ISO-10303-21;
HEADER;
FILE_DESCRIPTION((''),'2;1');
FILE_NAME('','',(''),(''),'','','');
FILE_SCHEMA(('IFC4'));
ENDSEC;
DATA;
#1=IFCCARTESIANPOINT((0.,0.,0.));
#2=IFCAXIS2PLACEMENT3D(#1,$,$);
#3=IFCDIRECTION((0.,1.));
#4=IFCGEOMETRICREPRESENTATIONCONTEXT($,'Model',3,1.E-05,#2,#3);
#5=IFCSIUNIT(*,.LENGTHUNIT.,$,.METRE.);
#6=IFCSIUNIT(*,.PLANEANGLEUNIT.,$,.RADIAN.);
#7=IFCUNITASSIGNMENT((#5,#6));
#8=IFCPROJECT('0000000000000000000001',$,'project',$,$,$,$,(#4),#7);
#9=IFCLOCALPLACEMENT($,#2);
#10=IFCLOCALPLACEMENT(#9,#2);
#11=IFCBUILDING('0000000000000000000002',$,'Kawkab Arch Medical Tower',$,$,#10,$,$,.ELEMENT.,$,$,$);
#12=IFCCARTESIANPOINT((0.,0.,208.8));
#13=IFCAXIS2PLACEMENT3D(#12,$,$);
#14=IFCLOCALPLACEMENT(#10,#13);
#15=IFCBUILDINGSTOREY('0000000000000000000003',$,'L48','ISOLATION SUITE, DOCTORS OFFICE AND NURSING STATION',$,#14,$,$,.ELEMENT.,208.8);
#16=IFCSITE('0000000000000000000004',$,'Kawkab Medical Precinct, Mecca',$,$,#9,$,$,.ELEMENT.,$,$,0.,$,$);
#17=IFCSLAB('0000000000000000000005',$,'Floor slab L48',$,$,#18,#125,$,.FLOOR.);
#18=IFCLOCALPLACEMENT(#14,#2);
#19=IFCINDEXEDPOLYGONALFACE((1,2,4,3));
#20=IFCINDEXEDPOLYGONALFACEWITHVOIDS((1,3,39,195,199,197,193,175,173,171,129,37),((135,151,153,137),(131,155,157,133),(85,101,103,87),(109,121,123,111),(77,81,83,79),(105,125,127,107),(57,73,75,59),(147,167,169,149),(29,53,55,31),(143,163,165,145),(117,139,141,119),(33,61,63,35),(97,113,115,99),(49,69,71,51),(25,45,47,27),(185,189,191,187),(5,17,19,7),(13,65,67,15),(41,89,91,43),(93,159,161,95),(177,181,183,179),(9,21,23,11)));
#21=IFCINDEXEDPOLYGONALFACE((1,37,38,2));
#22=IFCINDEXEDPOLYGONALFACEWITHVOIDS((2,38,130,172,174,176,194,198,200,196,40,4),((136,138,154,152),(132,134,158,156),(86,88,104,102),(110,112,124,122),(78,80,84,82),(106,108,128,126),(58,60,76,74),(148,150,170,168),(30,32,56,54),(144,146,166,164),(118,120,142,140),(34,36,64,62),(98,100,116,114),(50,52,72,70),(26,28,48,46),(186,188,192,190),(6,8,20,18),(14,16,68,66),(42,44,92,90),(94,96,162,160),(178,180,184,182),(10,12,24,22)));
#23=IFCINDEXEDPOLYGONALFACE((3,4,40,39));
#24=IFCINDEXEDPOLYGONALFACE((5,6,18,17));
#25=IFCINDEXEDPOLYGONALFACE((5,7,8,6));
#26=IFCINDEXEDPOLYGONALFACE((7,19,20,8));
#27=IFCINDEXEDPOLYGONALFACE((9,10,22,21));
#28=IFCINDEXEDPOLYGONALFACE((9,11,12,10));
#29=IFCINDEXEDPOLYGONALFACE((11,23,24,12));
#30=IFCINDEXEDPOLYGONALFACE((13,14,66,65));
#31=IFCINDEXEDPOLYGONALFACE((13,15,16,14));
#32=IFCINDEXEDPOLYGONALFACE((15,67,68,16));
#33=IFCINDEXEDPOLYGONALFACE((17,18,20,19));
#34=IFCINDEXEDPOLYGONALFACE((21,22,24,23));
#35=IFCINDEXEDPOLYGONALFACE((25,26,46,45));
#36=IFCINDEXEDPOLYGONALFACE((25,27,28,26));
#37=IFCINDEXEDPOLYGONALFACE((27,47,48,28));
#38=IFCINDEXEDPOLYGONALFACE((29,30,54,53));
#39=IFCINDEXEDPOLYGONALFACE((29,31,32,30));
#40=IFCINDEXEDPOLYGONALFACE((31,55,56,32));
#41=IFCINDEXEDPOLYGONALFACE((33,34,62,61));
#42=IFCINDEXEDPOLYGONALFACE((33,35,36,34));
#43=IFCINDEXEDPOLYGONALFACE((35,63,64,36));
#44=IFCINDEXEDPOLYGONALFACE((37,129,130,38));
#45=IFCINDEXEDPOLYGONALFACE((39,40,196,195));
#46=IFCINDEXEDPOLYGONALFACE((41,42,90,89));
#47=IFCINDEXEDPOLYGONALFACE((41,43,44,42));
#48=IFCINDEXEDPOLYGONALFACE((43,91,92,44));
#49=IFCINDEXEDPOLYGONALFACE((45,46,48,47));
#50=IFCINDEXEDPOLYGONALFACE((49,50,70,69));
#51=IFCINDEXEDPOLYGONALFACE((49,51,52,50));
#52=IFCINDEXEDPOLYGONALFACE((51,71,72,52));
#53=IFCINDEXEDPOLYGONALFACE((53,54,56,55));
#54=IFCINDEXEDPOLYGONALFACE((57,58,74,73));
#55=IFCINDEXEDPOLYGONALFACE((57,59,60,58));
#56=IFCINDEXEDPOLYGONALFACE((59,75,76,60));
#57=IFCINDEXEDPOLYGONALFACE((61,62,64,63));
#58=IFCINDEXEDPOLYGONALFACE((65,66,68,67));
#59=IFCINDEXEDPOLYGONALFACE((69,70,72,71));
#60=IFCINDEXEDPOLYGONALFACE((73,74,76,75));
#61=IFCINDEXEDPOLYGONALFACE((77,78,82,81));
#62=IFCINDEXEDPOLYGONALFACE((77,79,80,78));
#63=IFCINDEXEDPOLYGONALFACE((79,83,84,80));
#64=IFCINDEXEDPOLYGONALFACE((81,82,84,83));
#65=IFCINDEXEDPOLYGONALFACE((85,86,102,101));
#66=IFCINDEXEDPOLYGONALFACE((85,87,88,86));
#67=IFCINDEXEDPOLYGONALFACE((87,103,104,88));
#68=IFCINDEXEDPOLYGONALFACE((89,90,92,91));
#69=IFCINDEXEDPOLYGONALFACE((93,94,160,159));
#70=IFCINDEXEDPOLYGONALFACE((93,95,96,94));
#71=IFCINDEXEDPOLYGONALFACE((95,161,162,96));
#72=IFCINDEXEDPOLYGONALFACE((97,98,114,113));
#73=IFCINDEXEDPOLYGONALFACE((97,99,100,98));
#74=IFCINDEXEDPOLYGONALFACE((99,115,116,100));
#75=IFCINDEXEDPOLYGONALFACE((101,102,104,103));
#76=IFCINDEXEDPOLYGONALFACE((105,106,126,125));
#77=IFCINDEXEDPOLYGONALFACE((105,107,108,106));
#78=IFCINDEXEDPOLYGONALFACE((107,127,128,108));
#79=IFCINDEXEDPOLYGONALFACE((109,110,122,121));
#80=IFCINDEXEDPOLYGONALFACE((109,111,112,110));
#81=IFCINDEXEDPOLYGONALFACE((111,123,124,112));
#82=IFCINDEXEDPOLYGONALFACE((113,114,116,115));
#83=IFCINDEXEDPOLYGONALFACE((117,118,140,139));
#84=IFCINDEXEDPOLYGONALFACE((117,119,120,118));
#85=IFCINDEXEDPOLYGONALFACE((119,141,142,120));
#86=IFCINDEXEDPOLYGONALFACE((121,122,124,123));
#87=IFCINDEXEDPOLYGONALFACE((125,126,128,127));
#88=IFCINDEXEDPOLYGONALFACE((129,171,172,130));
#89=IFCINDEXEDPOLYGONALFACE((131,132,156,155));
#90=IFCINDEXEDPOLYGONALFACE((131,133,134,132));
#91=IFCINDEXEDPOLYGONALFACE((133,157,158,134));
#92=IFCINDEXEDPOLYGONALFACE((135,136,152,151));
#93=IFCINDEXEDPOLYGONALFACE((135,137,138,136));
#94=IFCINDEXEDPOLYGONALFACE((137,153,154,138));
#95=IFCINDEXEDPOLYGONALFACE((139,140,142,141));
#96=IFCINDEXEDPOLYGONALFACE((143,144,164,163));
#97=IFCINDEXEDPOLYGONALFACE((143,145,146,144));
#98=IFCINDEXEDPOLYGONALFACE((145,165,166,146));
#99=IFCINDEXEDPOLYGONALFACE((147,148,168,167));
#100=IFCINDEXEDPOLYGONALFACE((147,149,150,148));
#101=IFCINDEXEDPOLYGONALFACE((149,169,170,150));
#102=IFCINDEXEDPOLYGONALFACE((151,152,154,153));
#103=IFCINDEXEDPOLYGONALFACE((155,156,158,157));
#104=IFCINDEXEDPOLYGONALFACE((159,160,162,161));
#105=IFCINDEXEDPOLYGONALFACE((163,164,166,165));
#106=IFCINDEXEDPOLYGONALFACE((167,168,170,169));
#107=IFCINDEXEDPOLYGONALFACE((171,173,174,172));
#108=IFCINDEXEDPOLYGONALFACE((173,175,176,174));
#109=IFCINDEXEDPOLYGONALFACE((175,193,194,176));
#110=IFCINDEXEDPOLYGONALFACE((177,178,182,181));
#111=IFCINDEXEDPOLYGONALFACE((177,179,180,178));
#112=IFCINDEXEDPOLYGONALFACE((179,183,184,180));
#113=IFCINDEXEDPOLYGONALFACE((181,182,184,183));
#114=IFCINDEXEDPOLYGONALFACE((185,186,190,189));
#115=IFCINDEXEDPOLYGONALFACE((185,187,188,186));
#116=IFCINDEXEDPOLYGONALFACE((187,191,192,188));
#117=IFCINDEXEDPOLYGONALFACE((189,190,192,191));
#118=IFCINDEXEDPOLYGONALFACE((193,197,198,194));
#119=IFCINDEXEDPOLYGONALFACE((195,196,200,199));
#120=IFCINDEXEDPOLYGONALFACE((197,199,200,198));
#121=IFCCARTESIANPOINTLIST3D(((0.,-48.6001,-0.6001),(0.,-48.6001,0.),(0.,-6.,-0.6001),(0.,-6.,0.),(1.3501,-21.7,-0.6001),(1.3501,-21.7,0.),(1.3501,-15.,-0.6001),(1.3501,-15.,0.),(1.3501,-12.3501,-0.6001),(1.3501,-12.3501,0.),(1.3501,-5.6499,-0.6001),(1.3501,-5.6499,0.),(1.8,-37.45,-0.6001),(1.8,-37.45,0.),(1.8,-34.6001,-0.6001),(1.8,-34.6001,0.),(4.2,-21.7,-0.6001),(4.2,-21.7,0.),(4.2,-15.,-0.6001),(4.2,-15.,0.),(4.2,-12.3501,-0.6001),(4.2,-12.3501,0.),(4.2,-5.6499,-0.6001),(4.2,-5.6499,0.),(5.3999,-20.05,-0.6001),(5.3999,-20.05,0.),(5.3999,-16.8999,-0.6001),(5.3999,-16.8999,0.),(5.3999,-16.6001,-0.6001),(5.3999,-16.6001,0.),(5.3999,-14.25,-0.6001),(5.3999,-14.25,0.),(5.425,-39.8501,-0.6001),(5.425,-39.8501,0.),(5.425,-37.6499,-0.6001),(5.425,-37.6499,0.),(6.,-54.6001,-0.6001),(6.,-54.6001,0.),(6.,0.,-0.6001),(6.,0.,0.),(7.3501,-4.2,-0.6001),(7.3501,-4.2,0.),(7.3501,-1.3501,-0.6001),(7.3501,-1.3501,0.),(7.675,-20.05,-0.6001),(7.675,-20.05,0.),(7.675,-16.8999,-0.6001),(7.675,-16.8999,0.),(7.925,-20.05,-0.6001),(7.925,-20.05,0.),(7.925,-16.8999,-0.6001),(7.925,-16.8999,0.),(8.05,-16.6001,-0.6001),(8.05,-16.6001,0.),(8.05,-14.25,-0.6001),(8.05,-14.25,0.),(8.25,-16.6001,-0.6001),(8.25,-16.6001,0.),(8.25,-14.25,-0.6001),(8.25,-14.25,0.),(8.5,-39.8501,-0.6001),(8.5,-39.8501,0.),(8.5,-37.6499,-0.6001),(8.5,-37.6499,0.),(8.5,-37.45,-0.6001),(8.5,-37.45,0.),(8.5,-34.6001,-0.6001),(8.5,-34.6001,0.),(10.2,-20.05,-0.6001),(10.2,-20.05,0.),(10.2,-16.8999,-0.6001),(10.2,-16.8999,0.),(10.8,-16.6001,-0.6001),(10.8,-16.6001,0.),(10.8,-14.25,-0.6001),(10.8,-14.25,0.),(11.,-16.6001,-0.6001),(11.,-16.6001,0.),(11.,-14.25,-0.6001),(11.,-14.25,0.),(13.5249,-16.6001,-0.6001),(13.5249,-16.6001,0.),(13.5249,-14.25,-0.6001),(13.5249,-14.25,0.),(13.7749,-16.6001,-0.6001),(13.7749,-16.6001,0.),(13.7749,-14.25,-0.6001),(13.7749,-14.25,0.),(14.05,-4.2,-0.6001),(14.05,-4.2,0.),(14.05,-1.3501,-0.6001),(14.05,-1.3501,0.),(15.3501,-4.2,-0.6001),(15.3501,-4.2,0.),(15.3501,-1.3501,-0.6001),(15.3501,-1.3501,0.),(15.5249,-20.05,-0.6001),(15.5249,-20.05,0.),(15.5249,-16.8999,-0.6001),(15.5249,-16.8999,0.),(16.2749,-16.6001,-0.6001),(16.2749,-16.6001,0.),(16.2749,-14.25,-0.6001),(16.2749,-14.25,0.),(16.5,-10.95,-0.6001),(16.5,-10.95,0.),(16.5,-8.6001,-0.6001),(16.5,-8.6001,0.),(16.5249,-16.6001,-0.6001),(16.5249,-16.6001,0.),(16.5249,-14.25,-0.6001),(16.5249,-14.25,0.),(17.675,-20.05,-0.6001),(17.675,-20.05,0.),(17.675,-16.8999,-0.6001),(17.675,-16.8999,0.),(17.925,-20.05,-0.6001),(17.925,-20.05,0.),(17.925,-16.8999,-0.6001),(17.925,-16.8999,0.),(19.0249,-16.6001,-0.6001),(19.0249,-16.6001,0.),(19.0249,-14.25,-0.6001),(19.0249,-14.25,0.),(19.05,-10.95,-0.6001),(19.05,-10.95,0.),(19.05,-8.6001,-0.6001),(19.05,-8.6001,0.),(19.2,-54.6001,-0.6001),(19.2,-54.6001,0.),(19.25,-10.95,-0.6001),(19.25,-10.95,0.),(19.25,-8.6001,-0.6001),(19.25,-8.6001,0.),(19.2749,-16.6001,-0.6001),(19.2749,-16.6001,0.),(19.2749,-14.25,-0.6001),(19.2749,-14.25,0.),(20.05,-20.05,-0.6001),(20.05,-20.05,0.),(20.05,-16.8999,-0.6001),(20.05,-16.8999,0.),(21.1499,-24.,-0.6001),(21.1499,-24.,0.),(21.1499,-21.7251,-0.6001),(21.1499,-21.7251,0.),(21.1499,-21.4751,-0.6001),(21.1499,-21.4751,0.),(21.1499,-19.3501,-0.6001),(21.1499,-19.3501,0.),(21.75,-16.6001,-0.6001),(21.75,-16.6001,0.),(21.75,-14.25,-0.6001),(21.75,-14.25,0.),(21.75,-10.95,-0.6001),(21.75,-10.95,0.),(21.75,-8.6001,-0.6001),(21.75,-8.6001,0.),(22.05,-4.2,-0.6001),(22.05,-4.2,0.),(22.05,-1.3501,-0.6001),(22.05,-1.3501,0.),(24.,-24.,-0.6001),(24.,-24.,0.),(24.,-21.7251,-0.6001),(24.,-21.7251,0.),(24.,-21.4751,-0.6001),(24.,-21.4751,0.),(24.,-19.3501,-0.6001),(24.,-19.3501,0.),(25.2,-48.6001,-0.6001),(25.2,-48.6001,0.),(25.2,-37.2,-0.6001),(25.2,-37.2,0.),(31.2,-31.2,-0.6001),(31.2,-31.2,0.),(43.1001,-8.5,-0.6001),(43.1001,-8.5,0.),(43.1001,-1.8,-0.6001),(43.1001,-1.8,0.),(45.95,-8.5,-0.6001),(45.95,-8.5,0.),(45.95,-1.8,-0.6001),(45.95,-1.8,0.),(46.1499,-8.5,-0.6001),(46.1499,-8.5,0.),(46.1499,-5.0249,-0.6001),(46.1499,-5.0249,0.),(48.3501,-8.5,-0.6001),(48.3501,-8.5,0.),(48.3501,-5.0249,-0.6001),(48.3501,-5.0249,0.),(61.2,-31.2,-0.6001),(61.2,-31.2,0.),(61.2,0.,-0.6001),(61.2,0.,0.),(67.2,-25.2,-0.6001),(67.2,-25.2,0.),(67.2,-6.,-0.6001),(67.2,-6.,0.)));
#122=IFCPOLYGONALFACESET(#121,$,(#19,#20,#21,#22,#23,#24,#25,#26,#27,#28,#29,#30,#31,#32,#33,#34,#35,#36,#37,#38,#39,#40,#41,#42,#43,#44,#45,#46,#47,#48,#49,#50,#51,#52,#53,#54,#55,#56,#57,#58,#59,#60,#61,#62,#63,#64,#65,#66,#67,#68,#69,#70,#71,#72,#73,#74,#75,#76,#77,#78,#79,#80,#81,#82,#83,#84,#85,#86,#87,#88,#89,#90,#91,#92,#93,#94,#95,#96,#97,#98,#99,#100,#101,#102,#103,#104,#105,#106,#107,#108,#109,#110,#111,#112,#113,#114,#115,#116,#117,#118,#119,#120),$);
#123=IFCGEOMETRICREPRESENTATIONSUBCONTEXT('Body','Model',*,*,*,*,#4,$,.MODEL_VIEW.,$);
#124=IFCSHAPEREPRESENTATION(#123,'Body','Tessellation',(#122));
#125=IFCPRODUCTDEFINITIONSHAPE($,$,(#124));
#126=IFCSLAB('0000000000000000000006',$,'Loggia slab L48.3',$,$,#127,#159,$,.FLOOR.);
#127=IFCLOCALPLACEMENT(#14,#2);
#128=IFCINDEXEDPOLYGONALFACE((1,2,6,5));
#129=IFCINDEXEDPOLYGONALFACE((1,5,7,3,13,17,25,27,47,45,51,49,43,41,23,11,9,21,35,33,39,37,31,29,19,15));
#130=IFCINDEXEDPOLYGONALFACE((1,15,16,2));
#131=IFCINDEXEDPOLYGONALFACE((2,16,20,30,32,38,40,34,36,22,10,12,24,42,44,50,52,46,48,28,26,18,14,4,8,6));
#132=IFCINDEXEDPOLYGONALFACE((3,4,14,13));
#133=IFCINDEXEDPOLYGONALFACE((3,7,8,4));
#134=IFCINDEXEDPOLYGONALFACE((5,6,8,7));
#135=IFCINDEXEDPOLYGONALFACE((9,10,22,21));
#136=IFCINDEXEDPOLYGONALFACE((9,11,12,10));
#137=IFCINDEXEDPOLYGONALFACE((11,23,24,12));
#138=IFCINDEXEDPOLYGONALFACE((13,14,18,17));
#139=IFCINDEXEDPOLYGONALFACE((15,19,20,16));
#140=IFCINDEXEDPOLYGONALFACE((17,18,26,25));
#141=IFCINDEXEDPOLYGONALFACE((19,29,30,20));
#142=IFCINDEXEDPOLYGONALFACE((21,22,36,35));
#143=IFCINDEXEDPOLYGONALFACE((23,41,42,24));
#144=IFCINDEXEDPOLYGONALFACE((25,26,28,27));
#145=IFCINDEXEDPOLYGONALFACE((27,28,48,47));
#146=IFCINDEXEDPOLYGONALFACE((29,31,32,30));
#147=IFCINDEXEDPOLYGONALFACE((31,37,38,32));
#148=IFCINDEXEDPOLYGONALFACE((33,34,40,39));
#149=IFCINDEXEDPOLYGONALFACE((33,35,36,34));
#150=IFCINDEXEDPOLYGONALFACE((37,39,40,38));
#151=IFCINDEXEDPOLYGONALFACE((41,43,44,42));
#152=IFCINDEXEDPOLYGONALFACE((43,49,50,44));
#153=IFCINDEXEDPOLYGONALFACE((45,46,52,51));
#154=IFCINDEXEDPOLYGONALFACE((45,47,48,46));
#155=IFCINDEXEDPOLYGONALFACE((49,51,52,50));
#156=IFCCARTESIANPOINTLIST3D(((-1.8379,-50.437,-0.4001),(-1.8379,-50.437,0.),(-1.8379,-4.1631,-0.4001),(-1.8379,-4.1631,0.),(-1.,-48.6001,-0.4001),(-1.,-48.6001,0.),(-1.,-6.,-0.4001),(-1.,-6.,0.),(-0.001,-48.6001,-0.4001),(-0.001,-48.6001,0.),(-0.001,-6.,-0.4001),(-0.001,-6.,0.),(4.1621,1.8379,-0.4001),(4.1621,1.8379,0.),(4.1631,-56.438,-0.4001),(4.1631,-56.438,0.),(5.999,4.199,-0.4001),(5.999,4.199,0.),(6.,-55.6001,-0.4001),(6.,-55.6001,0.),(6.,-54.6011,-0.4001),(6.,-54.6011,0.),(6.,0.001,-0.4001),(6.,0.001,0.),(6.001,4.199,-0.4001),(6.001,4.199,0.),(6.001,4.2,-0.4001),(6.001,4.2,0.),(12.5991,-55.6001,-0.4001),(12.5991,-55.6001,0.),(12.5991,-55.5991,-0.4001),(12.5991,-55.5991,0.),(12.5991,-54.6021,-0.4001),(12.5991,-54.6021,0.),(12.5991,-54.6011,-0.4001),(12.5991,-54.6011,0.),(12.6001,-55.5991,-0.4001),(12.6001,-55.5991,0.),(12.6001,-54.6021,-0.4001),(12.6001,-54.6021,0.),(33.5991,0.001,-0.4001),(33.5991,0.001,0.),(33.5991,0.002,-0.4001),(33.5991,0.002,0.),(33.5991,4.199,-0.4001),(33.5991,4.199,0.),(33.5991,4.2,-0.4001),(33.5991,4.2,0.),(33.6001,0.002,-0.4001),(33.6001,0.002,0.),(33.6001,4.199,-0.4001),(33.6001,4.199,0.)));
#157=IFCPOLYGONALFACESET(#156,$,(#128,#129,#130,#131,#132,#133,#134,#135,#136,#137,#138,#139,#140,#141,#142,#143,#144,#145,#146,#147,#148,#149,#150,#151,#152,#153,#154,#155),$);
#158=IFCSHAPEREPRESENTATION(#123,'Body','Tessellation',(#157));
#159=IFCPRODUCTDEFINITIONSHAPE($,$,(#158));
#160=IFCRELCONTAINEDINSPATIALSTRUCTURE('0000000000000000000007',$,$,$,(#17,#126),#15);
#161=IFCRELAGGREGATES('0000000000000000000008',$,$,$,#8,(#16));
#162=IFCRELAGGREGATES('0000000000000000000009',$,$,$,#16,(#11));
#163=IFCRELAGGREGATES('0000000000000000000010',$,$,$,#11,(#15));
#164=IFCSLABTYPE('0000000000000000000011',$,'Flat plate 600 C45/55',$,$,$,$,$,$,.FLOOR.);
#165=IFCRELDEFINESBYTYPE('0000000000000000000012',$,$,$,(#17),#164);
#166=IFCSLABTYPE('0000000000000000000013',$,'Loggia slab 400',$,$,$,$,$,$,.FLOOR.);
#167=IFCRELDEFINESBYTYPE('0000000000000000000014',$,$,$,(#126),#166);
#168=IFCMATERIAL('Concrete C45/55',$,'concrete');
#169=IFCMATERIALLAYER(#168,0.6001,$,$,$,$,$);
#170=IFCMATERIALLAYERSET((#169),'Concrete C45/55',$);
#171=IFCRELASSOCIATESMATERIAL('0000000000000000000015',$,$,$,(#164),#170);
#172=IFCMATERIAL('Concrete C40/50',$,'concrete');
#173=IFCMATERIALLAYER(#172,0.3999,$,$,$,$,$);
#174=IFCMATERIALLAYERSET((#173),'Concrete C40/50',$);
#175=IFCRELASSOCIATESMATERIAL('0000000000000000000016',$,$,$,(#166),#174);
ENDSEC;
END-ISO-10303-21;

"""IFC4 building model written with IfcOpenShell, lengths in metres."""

from ifc_helpers import new_model, si_unit, direction, frame, origin, place, context, subcontext, project, spatial, polyline, outline, extrude, material, layer, layer_set, type_object, element, save


model = new_model("IFC4")

# Units and contexts
model_context = context("Model", 3, precision=1e-05, world=origin(), true_north=direction((0.0, 1.0)))
body_context = subcontext(model_context, "Body", "Model", "MODEL_VIEW")
ifc_project = project(units=[si_unit("LENGTHUNIT", "METRE"), si_unit("PLANEANGLEUNIT", "RADIAN")], contexts=[model_context])

# Site, building, storey
site_placement = place(None, origin())
site = spatial("IfcSite", under=ifc_project, at=site_placement, Name="Kawkab Medical Precinct, Mecca", CompositionType="ELEMENT", RefElevation=0.0)
building_placement = place(site_placement, origin())
building = spatial("IfcBuilding", under=site, at=building_placement, Name="Kawkab Arch Medical Tower", CompositionType="ELEMENT")
storey_placement = place(building_placement, frame((0.0, 0.0, 208.8)))
storey = spatial("IfcBuildingStorey", under=building, at=storey_placement, Name="L48", Description="ISOLATION SUITE, DOCTORS OFFICE AND NURSING STATION", CompositionType="ELEMENT", Elevation=208.8)

# Slabs
ifc_material_1 = material(Name="Concrete C45/55", Category="concrete")
ifc_layer_1 = layer(ifc_material_1, 0.6001)
ifc_layer_set_1 = layer_set([ifc_layer_1], Name="Concrete C45/55")
slab_type_1 = type_object("IfcSlabType", Name="Flat plate 600 C45/55", PredefinedType="FLOOR", material=ifc_layer_set_1)
slab_1_placement = place(storey_placement, frame((0.0, 0.0, -0.6001)))
element("IfcSlab", 1, at=slab_1_placement, inside=storey, type_object=slab_type_1, Name="Floor slab L48", PredefinedType="FLOOR", context=body_context, shape_type="SweptSolid", body=[
    extrude(outline(polyline([(6.0, 0.0), (61.2, 0.0), (67.2, -6.0), (67.2, -25.2), (61.2, -31.2), (31.2, -31.2), (25.2, -37.2), (25.2, -48.6001), (19.2, -54.6001), (6.0, -54.6001), (0.0, -48.6001), (0.0, -6.0), (6.0, 0.0)]), holes=[polyline([(5.425, -37.6499), (5.425, -39.8501), (8.5, -39.8501), (8.5, -37.6499), (5.425, -37.6499)]), polyline([(8.5, -37.45), (8.5, -34.6001), (1.8, -34.6001), (1.8, -37.45), (8.5, -37.45)]), polyline([(5.3999, -20.05), (7.675, -20.05), (7.675, -16.8999), (5.3999, -16.8999), (5.3999, -20.05)]), polyline([(10.2, -20.05), (10.2, -16.8999), (7.925, -16.8999), (7.925, -20.05), (10.2, -20.05)]), polyline([(4.2, -21.7), (4.2, -15.0), (1.3501, -15.0), (1.3501, -21.7), (4.2, -21.7)]), polyline([(5.3999, -16.6001), (8.05, -16.6001), (8.05, -14.25), (5.3999, -14.25), (5.3999, -16.6001)]), polyline([(10.8, -14.25), (8.25, -14.25), (8.25, -16.6001), (10.8, -16.6001), (10.8, -14.25)]), polyline([(13.5249, -16.6001), (13.5249, -14.25), (11.0, -14.25), (11.0, -16.6001), (13.5249, -16.6001)]), polyline([(16.2749, -14.25), (13.7749, -14.25), (13.7749, -16.6001), (16.2749, -16.6001), (16.2749, -14.25)]), polyline([(4.2, -12.3501), (4.2, -5.6499), (1.3501, -5.6499), (1.3501, -12.3501), (4.2, -12.3501)]), polyline([(7.3501, -4.2), (14.05, -4.2), (14.05, -1.3501), (7.3501, -1.3501), (7.3501, -4.2)]), polyline([(24.0, -21.7251), (21.1499, -21.7251), (21.1499, -24.0), (24.0, -24.0), (24.0, -21.7251)]), polyline([(24.0, -19.3501), (21.1499, -19.3501), (21.1499, -21.4751), (24.0, -21.4751), (24.0, -19.3501)]), polyline([(15.5249, -20.05), (17.675, -20.05), (17.675, -16.8999), (15.5249, -16.8999), (15.5249, -20.05)]), polyline([(17.925, -16.8999), (17.925, -20.05), (20.05, -20.05), (20.05, -16.8999), (17.925, -16.8999)]), polyline([(16.5249, -14.25), (16.5249, -16.6001), (19.0249, -16.6001), (19.0249, -14.25), (16.5249, -14.25)]), polyline([(19.2749, -14.25), (19.2749, -16.6001), (21.75, -16.6001), (21.75, -14.25), (19.2749, -14.25)]), polyline([(16.5, -10.95), (19.05, -10.95), (19.05, -8.6001), (16.5, -8.6001), (16.5, -10.95)]), polyline([(19.25, -8.6001), (19.25, -10.95), (21.75, -10.95), (21.75, -8.6001), (19.25, -8.6001)]), polyline([(46.1499, -8.5), (48.3501, -8.5), (48.3501, -5.0249), (46.1499, -5.0249), (46.1499, -8.5)]), polyline([(43.1001, -1.8), (43.1001, -8.5), (45.95, -8.5), (45.95, -1.8), (43.1001, -1.8)]), polyline([(22.05, -1.3501), (15.3501, -1.3501), (15.3501, -4.2), (22.05, -4.2), (22.05, -1.3501)])]), origin(), (0.0, 0.0, 1.0), 0.6001),
])
ifc_material_2 = material(Name="Concrete C40/50", Category="concrete")
ifc_layer_2 = layer(ifc_material_2, 0.3999)
ifc_layer_set_2 = layer_set([ifc_layer_2], Name="Concrete C40/50")
slab_type_2 = type_object("IfcSlabType", Name="Loggia slab 400", PredefinedType="FLOOR", material=ifc_layer_set_2)
placement_1 = place(storey_placement, frame((0.0, 0.0, -0.4001)))
element("IfcSlab", 2, at=placement_1, inside=storey, type_object=slab_type_2, Name="Loggia slab L48.3", PredefinedType="FLOOR", context=body_context, shape_type="SweptSolid", body=[
    extrude(outline(polyline([(-1.8379, -50.437), (-1.0, -48.6001), (-1.0, -6.0), (-1.8379, -4.1631), (4.1621, 1.8379), (5.999, 4.199), (6.001, 4.199), (6.001, 4.2), (33.5991, 4.2), (33.5991, 4.199), (33.6001, 4.199), (33.6001, 0.002), (33.5991, 0.002), (33.5991, 0.001), (6.0, 0.001), (-0.001, -6.0), (-0.001, -48.6001), (6.0, -54.6011), (12.5991, -54.6011), (12.5991, -54.6021), (12.6001, -54.6021), (12.6001, -55.5991), (12.5991, -55.5991), (12.5991, -55.6001), (6.0, -55.6001), (4.1631, -56.438), (-1.8379, -50.437)])), origin(), (0.0, 0.0, 1.0), 0.4001),
])

save(model, "model.ifc")
